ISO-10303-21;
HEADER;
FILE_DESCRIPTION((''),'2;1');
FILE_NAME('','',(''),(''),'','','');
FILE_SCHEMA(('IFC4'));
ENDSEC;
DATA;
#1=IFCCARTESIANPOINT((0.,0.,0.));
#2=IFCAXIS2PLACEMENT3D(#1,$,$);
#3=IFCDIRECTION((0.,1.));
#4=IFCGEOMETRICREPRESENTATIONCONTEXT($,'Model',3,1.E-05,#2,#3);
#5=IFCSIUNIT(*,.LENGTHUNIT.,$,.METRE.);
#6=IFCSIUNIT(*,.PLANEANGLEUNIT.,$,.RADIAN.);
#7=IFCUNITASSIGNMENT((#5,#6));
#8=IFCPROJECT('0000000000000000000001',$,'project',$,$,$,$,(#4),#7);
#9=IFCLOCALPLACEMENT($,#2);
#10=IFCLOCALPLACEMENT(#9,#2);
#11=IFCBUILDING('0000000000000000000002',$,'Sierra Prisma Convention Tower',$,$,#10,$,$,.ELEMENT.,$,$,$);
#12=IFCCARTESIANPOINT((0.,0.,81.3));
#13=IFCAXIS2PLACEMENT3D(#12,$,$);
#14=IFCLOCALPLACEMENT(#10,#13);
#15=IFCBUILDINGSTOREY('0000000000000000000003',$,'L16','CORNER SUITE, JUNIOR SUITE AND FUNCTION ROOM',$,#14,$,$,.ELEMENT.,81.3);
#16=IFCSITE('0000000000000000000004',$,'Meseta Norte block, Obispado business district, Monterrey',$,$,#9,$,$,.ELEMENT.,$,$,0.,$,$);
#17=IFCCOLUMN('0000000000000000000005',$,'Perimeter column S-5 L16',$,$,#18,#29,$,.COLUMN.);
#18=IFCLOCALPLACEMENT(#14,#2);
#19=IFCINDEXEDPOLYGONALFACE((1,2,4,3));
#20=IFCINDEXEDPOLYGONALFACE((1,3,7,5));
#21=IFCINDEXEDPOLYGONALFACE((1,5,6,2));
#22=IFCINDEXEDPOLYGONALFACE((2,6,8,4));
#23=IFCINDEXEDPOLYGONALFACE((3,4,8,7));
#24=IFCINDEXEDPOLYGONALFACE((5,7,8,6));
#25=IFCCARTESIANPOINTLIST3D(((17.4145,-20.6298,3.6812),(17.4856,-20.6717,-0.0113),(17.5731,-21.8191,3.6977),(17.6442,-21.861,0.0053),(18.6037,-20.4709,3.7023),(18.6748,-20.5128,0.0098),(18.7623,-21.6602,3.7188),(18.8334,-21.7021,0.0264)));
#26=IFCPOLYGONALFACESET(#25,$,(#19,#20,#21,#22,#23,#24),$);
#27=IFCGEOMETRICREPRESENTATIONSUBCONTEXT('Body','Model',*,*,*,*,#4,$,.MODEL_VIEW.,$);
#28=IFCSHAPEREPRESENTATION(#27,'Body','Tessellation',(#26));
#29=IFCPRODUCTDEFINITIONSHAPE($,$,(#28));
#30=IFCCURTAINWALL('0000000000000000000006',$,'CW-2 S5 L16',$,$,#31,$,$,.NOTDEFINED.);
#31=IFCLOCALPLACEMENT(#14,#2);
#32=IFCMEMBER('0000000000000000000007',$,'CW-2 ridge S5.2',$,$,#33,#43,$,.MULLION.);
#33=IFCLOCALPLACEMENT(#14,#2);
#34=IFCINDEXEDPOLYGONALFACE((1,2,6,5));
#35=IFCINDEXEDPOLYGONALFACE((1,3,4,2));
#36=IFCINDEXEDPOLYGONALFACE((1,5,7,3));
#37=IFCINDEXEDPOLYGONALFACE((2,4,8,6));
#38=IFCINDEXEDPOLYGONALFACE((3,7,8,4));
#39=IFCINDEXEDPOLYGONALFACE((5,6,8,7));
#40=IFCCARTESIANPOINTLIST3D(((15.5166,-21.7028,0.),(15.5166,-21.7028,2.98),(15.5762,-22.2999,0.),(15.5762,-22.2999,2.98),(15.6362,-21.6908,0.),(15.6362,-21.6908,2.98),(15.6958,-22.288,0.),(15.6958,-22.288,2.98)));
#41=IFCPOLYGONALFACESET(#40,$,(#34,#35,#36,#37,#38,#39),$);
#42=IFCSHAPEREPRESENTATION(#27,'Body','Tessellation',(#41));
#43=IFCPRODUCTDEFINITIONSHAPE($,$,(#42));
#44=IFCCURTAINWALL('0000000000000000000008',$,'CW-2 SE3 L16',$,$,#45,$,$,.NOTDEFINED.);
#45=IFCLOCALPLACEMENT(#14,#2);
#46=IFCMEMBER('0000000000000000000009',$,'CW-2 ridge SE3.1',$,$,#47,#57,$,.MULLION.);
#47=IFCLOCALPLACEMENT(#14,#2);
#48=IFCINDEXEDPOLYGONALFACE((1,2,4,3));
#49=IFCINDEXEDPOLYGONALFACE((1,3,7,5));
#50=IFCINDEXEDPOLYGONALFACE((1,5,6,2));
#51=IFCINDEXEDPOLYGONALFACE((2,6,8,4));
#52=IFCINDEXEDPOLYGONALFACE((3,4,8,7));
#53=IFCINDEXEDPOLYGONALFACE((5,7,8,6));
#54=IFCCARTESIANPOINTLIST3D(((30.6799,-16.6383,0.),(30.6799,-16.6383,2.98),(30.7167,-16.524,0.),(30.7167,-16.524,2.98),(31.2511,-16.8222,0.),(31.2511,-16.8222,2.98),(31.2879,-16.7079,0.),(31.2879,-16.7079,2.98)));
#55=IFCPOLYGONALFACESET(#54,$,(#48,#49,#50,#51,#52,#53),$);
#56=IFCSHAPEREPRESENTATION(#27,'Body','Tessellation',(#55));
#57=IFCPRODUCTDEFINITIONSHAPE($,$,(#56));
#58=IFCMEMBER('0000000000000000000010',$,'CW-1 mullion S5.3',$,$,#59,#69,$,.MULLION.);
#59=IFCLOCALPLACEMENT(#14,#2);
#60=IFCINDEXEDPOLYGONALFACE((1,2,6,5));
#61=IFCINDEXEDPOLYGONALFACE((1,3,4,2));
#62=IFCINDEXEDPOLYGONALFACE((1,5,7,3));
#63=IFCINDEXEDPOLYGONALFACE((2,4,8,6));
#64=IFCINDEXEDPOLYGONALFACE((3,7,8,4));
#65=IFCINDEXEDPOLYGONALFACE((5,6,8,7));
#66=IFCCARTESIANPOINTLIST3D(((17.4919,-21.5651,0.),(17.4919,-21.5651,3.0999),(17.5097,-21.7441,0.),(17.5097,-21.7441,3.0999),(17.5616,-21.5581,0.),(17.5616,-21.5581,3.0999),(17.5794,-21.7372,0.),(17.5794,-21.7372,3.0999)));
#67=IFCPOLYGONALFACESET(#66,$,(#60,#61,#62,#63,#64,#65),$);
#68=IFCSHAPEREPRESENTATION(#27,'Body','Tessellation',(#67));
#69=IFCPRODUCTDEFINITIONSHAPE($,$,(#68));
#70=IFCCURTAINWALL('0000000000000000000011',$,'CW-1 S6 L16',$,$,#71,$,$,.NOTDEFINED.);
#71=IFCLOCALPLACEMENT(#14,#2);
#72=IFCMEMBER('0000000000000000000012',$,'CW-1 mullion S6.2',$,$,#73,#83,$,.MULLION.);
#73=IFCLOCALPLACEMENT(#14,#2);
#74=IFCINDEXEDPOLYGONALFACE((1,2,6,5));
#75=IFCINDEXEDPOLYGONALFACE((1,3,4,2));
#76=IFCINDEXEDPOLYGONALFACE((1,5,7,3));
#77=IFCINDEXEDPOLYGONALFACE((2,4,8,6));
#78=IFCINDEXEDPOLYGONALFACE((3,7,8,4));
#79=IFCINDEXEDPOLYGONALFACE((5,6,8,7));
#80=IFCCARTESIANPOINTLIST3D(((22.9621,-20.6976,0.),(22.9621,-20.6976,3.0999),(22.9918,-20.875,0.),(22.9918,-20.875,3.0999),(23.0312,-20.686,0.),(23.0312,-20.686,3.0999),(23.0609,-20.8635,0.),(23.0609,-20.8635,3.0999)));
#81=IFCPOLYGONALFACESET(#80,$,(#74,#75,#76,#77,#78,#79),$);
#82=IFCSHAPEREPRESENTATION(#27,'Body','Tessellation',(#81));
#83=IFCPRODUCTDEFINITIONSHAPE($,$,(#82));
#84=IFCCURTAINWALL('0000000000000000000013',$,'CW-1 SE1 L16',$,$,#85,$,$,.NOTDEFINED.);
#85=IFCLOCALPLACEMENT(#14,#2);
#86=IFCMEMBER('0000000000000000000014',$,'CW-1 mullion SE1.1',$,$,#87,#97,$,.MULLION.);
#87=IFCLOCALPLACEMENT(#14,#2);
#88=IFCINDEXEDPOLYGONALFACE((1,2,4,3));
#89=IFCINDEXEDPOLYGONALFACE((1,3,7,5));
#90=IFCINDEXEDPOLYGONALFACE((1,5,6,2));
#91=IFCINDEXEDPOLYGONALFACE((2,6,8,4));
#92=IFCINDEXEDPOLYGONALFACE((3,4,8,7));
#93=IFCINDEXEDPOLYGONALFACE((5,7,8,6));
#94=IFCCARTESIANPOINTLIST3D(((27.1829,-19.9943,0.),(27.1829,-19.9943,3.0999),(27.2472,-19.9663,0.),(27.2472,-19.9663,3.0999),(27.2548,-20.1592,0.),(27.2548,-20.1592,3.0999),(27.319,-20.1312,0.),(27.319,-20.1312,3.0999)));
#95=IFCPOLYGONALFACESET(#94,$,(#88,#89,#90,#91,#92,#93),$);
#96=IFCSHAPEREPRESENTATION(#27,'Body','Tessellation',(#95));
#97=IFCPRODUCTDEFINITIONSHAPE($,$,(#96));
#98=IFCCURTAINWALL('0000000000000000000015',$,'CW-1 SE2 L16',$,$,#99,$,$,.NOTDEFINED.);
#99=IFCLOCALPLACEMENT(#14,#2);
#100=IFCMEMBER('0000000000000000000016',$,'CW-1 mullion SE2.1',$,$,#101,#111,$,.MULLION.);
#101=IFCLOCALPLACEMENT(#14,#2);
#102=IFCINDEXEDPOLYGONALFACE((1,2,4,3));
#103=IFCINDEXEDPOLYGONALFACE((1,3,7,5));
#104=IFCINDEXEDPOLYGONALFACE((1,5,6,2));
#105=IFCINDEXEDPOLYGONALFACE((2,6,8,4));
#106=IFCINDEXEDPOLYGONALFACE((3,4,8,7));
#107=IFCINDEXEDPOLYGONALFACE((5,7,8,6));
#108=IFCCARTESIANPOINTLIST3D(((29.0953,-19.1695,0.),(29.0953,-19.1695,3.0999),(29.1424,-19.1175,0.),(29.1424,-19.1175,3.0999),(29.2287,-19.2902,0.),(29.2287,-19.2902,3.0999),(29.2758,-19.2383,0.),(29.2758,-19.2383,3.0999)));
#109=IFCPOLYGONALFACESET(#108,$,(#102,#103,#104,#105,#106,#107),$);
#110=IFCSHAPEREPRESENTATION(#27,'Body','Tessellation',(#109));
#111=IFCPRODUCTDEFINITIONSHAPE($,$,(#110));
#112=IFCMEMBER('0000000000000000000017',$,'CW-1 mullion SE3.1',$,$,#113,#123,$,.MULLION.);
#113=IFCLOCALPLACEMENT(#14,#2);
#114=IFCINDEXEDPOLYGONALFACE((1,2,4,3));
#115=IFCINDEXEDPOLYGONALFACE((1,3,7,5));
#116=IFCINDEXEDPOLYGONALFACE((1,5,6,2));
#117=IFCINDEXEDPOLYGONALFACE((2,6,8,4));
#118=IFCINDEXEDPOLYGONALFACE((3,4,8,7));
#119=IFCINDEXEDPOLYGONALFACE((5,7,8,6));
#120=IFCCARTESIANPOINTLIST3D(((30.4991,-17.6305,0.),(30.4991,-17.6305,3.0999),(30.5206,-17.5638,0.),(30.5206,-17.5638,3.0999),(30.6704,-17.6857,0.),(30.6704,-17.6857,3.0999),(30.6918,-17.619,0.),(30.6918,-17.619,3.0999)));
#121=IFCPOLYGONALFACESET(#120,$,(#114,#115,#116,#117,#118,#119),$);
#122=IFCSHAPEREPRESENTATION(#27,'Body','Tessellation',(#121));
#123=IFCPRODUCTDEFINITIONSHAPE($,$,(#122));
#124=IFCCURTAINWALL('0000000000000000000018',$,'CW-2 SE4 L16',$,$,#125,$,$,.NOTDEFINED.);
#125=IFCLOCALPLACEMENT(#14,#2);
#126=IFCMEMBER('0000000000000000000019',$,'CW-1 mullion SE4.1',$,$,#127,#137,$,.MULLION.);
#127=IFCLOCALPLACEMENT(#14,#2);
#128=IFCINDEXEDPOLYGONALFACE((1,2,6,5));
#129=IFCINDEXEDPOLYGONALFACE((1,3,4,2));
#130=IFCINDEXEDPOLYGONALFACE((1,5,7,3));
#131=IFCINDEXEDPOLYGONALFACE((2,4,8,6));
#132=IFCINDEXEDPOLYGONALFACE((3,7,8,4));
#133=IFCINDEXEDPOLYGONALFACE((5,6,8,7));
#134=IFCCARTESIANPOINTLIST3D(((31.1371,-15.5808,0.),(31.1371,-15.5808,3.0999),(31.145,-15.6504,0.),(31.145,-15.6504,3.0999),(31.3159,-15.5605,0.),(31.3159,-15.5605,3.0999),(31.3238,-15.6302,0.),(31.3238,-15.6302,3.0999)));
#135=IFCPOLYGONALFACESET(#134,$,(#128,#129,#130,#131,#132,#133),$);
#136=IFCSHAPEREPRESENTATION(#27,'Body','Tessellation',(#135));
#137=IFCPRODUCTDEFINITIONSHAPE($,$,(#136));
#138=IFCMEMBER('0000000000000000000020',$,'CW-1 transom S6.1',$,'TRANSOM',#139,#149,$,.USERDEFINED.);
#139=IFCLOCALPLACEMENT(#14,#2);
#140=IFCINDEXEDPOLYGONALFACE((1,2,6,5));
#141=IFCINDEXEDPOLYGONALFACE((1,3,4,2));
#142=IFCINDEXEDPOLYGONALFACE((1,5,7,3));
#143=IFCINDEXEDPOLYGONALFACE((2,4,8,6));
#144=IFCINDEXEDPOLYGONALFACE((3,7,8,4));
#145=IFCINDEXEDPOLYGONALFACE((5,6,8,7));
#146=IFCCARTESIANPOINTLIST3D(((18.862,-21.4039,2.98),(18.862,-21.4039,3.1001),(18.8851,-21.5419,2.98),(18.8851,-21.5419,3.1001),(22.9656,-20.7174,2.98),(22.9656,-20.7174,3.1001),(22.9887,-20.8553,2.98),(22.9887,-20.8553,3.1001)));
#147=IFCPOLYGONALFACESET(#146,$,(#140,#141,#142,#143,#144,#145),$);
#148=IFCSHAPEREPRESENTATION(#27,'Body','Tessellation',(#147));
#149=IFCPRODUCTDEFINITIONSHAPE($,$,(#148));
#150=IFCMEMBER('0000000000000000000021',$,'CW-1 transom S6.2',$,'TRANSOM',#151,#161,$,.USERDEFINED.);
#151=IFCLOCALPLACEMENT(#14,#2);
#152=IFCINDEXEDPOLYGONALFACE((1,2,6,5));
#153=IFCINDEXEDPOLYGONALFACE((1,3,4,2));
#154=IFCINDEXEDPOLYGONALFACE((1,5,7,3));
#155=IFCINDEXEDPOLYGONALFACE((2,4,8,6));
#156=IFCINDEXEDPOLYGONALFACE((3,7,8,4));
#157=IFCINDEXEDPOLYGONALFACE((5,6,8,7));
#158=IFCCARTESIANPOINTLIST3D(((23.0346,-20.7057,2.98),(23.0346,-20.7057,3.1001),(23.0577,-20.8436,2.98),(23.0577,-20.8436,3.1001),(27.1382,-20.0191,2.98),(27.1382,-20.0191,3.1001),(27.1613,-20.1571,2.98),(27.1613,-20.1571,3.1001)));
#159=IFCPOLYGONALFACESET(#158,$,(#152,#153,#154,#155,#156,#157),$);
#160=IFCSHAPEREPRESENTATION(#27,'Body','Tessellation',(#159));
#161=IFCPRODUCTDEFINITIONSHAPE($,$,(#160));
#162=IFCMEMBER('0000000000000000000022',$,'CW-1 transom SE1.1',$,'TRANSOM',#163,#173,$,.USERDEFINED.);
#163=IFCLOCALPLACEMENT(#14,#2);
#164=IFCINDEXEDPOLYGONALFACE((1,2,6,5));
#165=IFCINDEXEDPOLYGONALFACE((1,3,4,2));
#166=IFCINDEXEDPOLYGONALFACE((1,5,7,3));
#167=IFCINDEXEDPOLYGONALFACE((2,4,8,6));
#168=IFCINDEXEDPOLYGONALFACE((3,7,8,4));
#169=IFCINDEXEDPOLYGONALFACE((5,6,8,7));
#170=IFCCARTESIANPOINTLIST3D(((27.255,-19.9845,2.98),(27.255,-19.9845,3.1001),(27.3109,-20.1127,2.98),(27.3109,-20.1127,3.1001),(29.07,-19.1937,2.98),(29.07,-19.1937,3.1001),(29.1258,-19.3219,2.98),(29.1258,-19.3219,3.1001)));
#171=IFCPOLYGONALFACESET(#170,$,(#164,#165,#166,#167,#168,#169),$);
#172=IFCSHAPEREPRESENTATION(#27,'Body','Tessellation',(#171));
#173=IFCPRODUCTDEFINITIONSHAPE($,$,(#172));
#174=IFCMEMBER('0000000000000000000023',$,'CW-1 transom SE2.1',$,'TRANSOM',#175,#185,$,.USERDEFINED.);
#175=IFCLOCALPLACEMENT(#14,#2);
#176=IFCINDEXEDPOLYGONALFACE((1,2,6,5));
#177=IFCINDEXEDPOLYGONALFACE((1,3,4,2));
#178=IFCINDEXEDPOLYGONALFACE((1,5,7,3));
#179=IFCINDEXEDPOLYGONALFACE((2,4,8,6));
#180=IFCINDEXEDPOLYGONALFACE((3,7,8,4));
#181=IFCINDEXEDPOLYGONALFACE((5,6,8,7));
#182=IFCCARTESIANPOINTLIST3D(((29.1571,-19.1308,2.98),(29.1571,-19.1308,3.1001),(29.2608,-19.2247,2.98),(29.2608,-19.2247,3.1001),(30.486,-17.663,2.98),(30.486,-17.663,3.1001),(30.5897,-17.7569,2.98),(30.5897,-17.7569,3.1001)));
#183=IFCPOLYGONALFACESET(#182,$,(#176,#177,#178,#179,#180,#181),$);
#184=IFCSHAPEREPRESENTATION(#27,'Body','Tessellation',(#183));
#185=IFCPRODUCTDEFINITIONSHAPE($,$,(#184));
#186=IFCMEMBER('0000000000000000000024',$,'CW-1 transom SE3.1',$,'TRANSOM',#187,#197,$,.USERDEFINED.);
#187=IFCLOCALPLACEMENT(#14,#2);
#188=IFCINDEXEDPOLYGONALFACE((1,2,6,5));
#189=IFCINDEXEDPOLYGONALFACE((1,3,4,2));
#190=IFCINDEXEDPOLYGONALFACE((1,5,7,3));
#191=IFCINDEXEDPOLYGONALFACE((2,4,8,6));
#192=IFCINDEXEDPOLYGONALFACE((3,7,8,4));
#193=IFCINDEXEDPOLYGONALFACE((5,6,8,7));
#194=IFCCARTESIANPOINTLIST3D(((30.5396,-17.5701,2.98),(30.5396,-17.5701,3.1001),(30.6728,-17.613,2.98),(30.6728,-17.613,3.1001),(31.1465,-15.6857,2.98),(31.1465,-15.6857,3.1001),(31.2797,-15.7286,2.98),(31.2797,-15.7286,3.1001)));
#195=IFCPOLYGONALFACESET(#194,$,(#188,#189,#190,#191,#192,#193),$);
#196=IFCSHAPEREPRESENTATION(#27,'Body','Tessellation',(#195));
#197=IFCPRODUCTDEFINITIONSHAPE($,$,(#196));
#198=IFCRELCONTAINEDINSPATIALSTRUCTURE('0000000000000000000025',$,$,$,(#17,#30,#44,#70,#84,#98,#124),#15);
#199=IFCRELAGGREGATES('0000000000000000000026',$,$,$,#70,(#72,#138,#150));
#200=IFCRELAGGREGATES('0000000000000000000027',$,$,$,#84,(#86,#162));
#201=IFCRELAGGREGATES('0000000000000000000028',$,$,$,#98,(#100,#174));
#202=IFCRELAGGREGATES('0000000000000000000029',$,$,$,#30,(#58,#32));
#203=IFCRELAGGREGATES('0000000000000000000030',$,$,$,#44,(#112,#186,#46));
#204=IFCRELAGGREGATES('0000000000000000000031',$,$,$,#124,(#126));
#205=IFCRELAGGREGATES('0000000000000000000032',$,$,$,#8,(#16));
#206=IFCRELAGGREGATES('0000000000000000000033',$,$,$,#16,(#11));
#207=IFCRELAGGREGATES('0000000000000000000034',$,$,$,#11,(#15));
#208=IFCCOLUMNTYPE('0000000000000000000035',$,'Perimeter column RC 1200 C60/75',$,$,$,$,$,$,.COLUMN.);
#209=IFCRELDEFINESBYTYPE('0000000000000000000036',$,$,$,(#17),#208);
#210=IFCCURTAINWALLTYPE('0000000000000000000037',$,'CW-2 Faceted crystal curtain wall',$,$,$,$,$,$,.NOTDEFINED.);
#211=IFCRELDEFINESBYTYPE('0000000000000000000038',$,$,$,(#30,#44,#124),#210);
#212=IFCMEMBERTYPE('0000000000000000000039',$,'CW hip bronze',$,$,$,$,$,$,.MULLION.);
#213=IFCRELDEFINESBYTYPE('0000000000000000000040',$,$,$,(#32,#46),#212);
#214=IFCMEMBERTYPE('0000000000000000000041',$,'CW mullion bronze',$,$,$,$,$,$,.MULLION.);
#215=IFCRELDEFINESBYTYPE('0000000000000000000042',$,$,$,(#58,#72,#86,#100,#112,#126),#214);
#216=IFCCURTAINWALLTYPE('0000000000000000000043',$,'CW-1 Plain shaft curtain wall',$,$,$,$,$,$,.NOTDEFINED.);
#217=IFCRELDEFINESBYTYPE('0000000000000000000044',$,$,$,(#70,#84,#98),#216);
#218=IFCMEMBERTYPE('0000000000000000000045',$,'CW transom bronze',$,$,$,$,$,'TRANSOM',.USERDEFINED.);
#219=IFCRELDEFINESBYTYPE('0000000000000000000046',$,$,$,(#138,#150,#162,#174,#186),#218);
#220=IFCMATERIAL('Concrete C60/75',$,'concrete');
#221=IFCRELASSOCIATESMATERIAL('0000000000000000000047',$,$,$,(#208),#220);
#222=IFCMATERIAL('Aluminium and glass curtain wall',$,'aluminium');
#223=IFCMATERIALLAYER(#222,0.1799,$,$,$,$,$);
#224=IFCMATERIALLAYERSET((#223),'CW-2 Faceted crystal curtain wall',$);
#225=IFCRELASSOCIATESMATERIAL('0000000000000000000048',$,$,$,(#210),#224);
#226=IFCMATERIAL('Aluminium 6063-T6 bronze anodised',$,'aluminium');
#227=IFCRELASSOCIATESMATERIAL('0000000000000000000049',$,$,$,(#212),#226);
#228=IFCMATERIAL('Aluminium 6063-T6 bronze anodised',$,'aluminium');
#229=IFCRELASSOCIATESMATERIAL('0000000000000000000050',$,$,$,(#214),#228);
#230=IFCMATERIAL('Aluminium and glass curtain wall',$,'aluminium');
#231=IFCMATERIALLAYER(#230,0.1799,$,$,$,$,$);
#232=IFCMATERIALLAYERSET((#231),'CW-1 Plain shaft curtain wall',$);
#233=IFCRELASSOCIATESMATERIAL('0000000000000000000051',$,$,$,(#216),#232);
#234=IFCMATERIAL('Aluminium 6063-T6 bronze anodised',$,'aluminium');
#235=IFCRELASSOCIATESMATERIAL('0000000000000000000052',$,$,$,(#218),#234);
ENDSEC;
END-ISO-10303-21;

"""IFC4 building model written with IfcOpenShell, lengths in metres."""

from ifc_helpers import new_model, si_unit, direction, frame, origin, origin_2d, place, context, subcontext, project, spatial, rectangle, extrude, clip, halfspace, material, layer, layer_set, material_profile, profile_set, type_object, element, aggregate, save


model = new_model("IFC4")

# Units and contexts
model_context = context("Model", 3, precision=1e-05, world=origin(), true_north=direction((0.0, 1.0)))
body_context = subcontext(model_context, "Body", "Model", "MODEL_VIEW")
ifc_project = project(units=[si_unit("LENGTHUNIT", "METRE"), si_unit("PLANEANGLEUNIT", "RADIAN")], contexts=[model_context])

# Site, building, storey
site_placement = place(None, origin())
site = spatial("IfcSite", under=ifc_project, at=site_placement, Name="Meseta Norte block, Obispado business district, Monterrey", CompositionType="ELEMENT", RefElevation=0.0)
building_placement = place(site_placement, origin())
building = spatial("IfcBuilding", under=site, at=building_placement, Name="Sierra Prisma Convention Tower", CompositionType="ELEMENT")
storey_placement = place(building_placement, frame((0.0, 0.0, 81.3)))
storey = spatial("IfcBuildingStorey", under=building, at=storey_placement, Name="L16", Description="CORNER SUITE, JUNIOR SUITE AND FUNCTION ROOM", CompositionType="ELEMENT", Elevation=81.3)

# Column
ifc_material_1 = material(Name="Concrete C60/75", Category="concrete")
ifc_material_profile_1 = material_profile(ifc_material_1, rectangle(XDim=1.2, YDim=1.2, at=origin_2d()), Name="Perimeter column RC 1200 C60/75")
ifc_profile_set_1 = profile_set([ifc_material_profile_1], Name="Concrete C60/75")
column_type = type_object("IfcColumnType", Name="Perimeter column RC 1200 C60/75", PredefinedType="COLUMN", material=ifc_profile_set_1)
column_placement = place(storey_placement, frame((18.1597, -21.187, 0.0), z_axis=(-0.019263, 0.011347, 0.99975), x_axis=(0.991035, 0.132437, 0.017592)))
element("IfcColumn", 1, at=column_placement, inside=storey, type_object=column_type, Name="Perimeter column S-5 L16", PredefinedType="COLUMN", context=body_context, shape_type="SweptSolid", body=[
    clip(extrude(rectangle(XDim=1.2, YDim=1.2, at=origin_2d()), origin(), (0.0, 0.0, 1.0), 3.7009), halfspace(frame((0.0, 0.0, 0.0076)), True)),
])

# Curtain walls, members
ifc_material_2 = material(Name="Aluminium and glass curtain wall", Category="aluminium")
ifc_layer_1 = layer(ifc_material_2, 0.1799)
ifc_layer_set_1 = layer_set([ifc_layer_1], Name="CW-2 Faceted crystal curtain wall")
curtain_wall_type_1 = type_object("IfcCurtainWallType", Name="CW-2 Faceted crystal curtain wall", PredefinedType="NOTDEFINED", material=ifc_layer_set_1)
curtain_wall_1_placement = place(storey_placement, origin())
curtain_wall_1 = element("IfcCurtainWall", 2, at=curtain_wall_1_placement, inside=storey, type_object=curtain_wall_type_1, Name="CW-2 S5 L16", PredefinedType="NOTDEFINED")
ifc_material_3 = material(Name="Aluminium 6063-T6 bronze anodised", Category="aluminium")
ifc_material_profile_2 = material_profile(ifc_material_3, rectangle(XDim=0.1201, YDim=0.6001, at=origin_2d()), Name="ALU RIDGE BLADE 120x600")
ifc_profile_set_2 = profile_set([ifc_material_profile_2], Name="Aluminium 6063-T6 bronze anodised")
member_type_1 = type_object("IfcMemberType", Name="CW hip bronze", PredefinedType="MULLION", material=ifc_profile_set_2)
member_1_placement = place(storey_placement, frame((15.6062, -21.9954, 0.0), z_axis=(0.0, 0.0, 1.0), x_axis=(0.995058, 0.099298, 0.0)))
member_1 = element("IfcMember", 3, at=member_1_placement, type_object=member_type_1, Name="CW-2 ridge S5.2", PredefinedType="MULLION", context=body_context, shape_type="SweptSolid", body=[
    extrude(rectangle(XDim=0.1201, YDim=0.6001, at=origin_2d()), origin(), (0.0, 0.0, 1.0), 2.98),
])
curtain_wall_2_placement = place(storey_placement, origin())
curtain_wall_2 = element("IfcCurtainWall", 4, at=curtain_wall_2_placement, inside=storey, type_object=curtain_wall_type_1, Name="CW-2 SE3 L16", PredefinedType="NOTDEFINED")
member_2_placement = place(storey_placement, frame((30.9839, -16.6731, 0.0), z_axis=(0.0, 0.0, 1.0), x_axis=(0.306516, 0.951866, 0.0)))
member_2 = element("IfcMember", 5, at=member_2_placement, type_object=member_type_1, Name="CW-2 ridge SE3.1", PredefinedType="MULLION", context=body_context, shape_type="SweptSolid", body=[
    extrude(rectangle(XDim=0.1201, YDim=0.6001, at=origin_2d()), origin(), (0.0, 0.0, 1.0), 2.98),
])

# Member
ifc_material_4 = material(Name="Aluminium 6063-T6 bronze anodised", Category="aluminium")
ifc_material_profile_3 = material_profile(ifc_material_4, rectangle(XDim=0.1799, YDim=0.0701, at=origin_2d()), Name="ALU MULLION 70x180")
ifc_profile_set_3 = profile_set([ifc_material_profile_3], Name="Aluminium 6063-T6 bronze anodised")
member_type_2 = type_object("IfcMemberType", Name="CW mullion bronze", PredefinedType="MULLION", material=ifc_profile_set_3)
member_3_placement = place(storey_placement, frame((17.5356, -21.6511, 0.0), z_axis=(0.0, 0.0, 1.0), x_axis=(-0.099298, 0.995058, 0.0)))
member_3 = element("IfcMember", 6, at=member_3_placement, type_object=member_type_2, Name="CW-1 mullion S5.3", PredefinedType="MULLION", context=body_context, shape_type="SweptSolid", body=[
    extrude(rectangle(XDim=0.1799, YDim=0.0701, at=origin_2d()), origin(), (0.0, 0.0, 1.0), 3.0999),
])

# Curtain walls, members
ifc_material_5 = material(Name="Aluminium and glass curtain wall", Category="aluminium")
ifc_layer_2 = layer(ifc_material_5, 0.1799)
ifc_layer_set_2 = layer_set([ifc_layer_2], Name="CW-1 Plain shaft curtain wall")
curtain_wall_type_2 = type_object("IfcCurtainWallType", Name="CW-1 Plain shaft curtain wall", PredefinedType="NOTDEFINED", material=ifc_layer_set_2)
curtain_wall_3_placement = place(storey_placement, origin())
curtain_wall_3 = element("IfcCurtainWall", 7, at=curtain_wall_3_placement, inside=storey, type_object=curtain_wall_type_2, Name="CW-1 S6 L16", PredefinedType="NOTDEFINED")
member_4_placement = place(storey_placement, frame((23.0115, -20.7805, 0.0), z_axis=(0.0, 0.0, 1.0), x_axis=(-0.165012, 0.986292, 0.0)))
member_4 = element("IfcMember", 8, at=member_4_placement, type_object=member_type_2, Name="CW-1 mullion S6.2", PredefinedType="MULLION", context=body_context, shape_type="SweptSolid", body=[
    extrude(rectangle(XDim=0.1799, YDim=0.0701, at=origin_2d()), origin(), (0.0, 0.0, 1.0), 3.0999),
])
curtain_wall_4_placement = place(storey_placement, origin())
curtain_wall_4 = element("IfcCurtainWall", 9, at=curtain_wall_4_placement, inside=storey, type_object=curtain_wall_type_2, Name="CW-1 SE1 L16", PredefinedType="NOTDEFINED")
member_5_placement = place(storey_placement, frame((27.251, -20.0627, 0.0), z_axis=(0.0, 0.0, 1.0), x_axis=(-0.39952, 0.916725, 0.0)))
member_5 = element("IfcMember", 10, at=member_5_placement, type_object=member_type_2, Name="CW-1 mullion SE1.1", PredefinedType="MULLION", context=body_context, shape_type="SweptSolid", body=[
    extrude(rectangle(XDim=0.1799, YDim=0.0701, at=origin_2d()), origin(), (0.0, 0.0, 1.0), 3.0999),
])
curtain_wall_5_placement = place(storey_placement, origin())
curtain_wall_5 = element("IfcCurtainWall", 11, at=curtain_wall_5_placement, inside=storey, type_object=curtain_wall_type_2, Name="CW-1 SE2 L16", PredefinedType="NOTDEFINED")
member_6_placement = place(storey_placement, frame((29.1855, -19.2039, 0.0), z_axis=(0.0, 0.0, 1.0), x_axis=(-0.741383, 0.671082, 0.0)))
member_6 = element("IfcMember", 12, at=member_6_placement, type_object=member_type_2, Name="CW-1 mullion SE2.1", PredefinedType="MULLION", context=body_context, shape_type="SweptSolid", body=[
    extrude(rectangle(XDim=0.1799, YDim=0.0701, at=origin_2d()), origin(), (0.0, 0.0, 1.0), 3.0999),
])

# Member
member_7_placement = place(storey_placement, frame((30.5955, -17.6248, 0.0), z_axis=(0.0, 0.0, 1.0), x_axis=(-0.951866, 0.306516, 0.0)))
member_7 = element("IfcMember", 13, at=member_7_placement, type_object=member_type_2, Name="CW-1 mullion SE3.1", PredefinedType="MULLION", context=body_context, shape_type="SweptSolid", body=[
    extrude(rectangle(XDim=0.1799, YDim=0.0701, at=origin_2d()), origin(), (0.0, 0.0, 1.0), 3.0999),
])

# Curtain wall, member
curtain_wall_6_placement = place(storey_placement, origin())
curtain_wall_6 = element("IfcCurtainWall", 14, at=curtain_wall_6_placement, inside=storey, type_object=curtain_wall_type_1, Name="CW-2 SE4 L16", PredefinedType="NOTDEFINED")
member_8_placement = place(storey_placement, frame((31.2305, -15.6055, 0.0), z_axis=(0.0, 0.0, 1.0), x_axis=(-0.993667, -0.112368, 0.0)))
member_8 = element("IfcMember", 15, at=member_8_placement, type_object=member_type_2, Name="CW-1 mullion SE4.1", PredefinedType="MULLION", context=body_context, shape_type="SweptSolid", body=[
    extrude(rectangle(XDim=0.1799, YDim=0.0701, at=origin_2d()), origin(), (0.0, 0.0, 1.0), 3.0999),
])

# Members
ifc_material_6 = material(Name="Aluminium 6063-T6 bronze anodised", Category="aluminium")
ifc_material_profile_4 = material_profile(ifc_material_6, rectangle(XDim=0.1399, YDim=0.1201, at=origin_2d()), Name="ALU TRANSOM 120x140")
ifc_profile_set_4 = profile_set([ifc_material_profile_4], Name="Aluminium 6063-T6 bronze anodised")
member_type_3 = type_object("IfcMemberType", Name="CW transom bronze", ElementType="TRANSOM", PredefinedType="USERDEFINED", material=ifc_profile_set_4)
member_9_placement = place(storey_placement, frame((18.8735, -21.4729, 3.04), z_axis=(0.986292, 0.165008, 0.0), x_axis=(-0.165008, 0.986292, 0.0)))
member_9 = element("IfcMember", 16, at=member_9_placement, type_object=member_type_3, Name="CW-1 transom S6.1", ObjectType="TRANSOM", PredefinedType="USERDEFINED", context=body_context, shape_type="SweptSolid", body=[
    extrude(rectangle(XDim=0.1399, YDim=0.1201, at=origin_2d()), origin(), (0.0, 0.0, 1.0), 4.1606),
])
member_10_placement = place(storey_placement, frame((23.0461, -20.7747, 3.04), z_axis=(0.986292, 0.165008, 0.0), x_axis=(-0.165008, 0.986292, 0.0)))
member_10 = element("IfcMember", 17, at=member_10_placement, type_object=member_type_3, Name="CW-1 transom S6.2", ObjectType="TRANSOM", PredefinedType="USERDEFINED", context=body_context, shape_type="SweptSolid", body=[
    extrude(rectangle(XDim=0.1399, YDim=0.1201, at=origin_2d()), origin(), (0.0, 0.0, 1.0), 4.1606),
])
member_11_placement = place(storey_placement, frame((27.283, -20.0486, 3.04), z_axis=(0.916762, 0.399434, 0.0), x_axis=(-0.399434, 0.916762, 0.0)))
member_11 = element("IfcMember", 18, at=member_11_placement, type_object=member_type_3, Name="CW-1 transom SE1.1", ObjectType="TRANSOM", PredefinedType="USERDEFINED", context=body_context, shape_type="SweptSolid", body=[
    extrude(rectangle(XDim=0.1399, YDim=0.1201, at=origin_2d()), origin(), (0.0, 0.0, 1.0), 1.9797),
])
member_12_placement = place(storey_placement, frame((29.209, -19.1777, 3.04), z_axis=(0.671155, 0.741317, 0.0), x_axis=(-0.741317, 0.671155, 0.0)))
member_12 = element("IfcMember", 19, at=member_12_placement, type_object=member_type_3, Name="CW-1 transom SE2.1", ObjectType="TRANSOM", PredefinedType="USERDEFINED", context=body_context, shape_type="SweptSolid", body=[
    extrude(rectangle(XDim=0.1399, YDim=0.1201, at=origin_2d()), origin(), (0.0, 0.0, 1.0), 1.98),
])
member_13_placement = place(storey_placement, frame((30.6062, -17.5916, 3.04), z_axis=(0.306556, 0.951853, 0.0), x_axis=(-0.951853, 0.306556, 0.0)))
member_13 = element("IfcMember", 20, at=member_13_placement, type_object=member_type_3, Name="CW-1 transom SE3.1", ObjectType="TRANSOM", PredefinedType="USERDEFINED", context=body_context, shape_type="SweptSolid", body=[
    extrude(rectangle(XDim=0.1399, YDim=0.1201, at=origin_2d()), origin(), (0.0, 0.0, 1.0), 1.9797),
])

aggregate(curtain_wall_3, [member_4, member_9, member_10])
aggregate(curtain_wall_4, [member_5, member_11])
aggregate(curtain_wall_5, [member_6, member_12])
aggregate(curtain_wall_1, [member_3, member_1])
aggregate(curtain_wall_2, [member_7, member_13, member_2])
aggregate(curtain_wall_6, [member_8])

save(model, "model.ifc")
